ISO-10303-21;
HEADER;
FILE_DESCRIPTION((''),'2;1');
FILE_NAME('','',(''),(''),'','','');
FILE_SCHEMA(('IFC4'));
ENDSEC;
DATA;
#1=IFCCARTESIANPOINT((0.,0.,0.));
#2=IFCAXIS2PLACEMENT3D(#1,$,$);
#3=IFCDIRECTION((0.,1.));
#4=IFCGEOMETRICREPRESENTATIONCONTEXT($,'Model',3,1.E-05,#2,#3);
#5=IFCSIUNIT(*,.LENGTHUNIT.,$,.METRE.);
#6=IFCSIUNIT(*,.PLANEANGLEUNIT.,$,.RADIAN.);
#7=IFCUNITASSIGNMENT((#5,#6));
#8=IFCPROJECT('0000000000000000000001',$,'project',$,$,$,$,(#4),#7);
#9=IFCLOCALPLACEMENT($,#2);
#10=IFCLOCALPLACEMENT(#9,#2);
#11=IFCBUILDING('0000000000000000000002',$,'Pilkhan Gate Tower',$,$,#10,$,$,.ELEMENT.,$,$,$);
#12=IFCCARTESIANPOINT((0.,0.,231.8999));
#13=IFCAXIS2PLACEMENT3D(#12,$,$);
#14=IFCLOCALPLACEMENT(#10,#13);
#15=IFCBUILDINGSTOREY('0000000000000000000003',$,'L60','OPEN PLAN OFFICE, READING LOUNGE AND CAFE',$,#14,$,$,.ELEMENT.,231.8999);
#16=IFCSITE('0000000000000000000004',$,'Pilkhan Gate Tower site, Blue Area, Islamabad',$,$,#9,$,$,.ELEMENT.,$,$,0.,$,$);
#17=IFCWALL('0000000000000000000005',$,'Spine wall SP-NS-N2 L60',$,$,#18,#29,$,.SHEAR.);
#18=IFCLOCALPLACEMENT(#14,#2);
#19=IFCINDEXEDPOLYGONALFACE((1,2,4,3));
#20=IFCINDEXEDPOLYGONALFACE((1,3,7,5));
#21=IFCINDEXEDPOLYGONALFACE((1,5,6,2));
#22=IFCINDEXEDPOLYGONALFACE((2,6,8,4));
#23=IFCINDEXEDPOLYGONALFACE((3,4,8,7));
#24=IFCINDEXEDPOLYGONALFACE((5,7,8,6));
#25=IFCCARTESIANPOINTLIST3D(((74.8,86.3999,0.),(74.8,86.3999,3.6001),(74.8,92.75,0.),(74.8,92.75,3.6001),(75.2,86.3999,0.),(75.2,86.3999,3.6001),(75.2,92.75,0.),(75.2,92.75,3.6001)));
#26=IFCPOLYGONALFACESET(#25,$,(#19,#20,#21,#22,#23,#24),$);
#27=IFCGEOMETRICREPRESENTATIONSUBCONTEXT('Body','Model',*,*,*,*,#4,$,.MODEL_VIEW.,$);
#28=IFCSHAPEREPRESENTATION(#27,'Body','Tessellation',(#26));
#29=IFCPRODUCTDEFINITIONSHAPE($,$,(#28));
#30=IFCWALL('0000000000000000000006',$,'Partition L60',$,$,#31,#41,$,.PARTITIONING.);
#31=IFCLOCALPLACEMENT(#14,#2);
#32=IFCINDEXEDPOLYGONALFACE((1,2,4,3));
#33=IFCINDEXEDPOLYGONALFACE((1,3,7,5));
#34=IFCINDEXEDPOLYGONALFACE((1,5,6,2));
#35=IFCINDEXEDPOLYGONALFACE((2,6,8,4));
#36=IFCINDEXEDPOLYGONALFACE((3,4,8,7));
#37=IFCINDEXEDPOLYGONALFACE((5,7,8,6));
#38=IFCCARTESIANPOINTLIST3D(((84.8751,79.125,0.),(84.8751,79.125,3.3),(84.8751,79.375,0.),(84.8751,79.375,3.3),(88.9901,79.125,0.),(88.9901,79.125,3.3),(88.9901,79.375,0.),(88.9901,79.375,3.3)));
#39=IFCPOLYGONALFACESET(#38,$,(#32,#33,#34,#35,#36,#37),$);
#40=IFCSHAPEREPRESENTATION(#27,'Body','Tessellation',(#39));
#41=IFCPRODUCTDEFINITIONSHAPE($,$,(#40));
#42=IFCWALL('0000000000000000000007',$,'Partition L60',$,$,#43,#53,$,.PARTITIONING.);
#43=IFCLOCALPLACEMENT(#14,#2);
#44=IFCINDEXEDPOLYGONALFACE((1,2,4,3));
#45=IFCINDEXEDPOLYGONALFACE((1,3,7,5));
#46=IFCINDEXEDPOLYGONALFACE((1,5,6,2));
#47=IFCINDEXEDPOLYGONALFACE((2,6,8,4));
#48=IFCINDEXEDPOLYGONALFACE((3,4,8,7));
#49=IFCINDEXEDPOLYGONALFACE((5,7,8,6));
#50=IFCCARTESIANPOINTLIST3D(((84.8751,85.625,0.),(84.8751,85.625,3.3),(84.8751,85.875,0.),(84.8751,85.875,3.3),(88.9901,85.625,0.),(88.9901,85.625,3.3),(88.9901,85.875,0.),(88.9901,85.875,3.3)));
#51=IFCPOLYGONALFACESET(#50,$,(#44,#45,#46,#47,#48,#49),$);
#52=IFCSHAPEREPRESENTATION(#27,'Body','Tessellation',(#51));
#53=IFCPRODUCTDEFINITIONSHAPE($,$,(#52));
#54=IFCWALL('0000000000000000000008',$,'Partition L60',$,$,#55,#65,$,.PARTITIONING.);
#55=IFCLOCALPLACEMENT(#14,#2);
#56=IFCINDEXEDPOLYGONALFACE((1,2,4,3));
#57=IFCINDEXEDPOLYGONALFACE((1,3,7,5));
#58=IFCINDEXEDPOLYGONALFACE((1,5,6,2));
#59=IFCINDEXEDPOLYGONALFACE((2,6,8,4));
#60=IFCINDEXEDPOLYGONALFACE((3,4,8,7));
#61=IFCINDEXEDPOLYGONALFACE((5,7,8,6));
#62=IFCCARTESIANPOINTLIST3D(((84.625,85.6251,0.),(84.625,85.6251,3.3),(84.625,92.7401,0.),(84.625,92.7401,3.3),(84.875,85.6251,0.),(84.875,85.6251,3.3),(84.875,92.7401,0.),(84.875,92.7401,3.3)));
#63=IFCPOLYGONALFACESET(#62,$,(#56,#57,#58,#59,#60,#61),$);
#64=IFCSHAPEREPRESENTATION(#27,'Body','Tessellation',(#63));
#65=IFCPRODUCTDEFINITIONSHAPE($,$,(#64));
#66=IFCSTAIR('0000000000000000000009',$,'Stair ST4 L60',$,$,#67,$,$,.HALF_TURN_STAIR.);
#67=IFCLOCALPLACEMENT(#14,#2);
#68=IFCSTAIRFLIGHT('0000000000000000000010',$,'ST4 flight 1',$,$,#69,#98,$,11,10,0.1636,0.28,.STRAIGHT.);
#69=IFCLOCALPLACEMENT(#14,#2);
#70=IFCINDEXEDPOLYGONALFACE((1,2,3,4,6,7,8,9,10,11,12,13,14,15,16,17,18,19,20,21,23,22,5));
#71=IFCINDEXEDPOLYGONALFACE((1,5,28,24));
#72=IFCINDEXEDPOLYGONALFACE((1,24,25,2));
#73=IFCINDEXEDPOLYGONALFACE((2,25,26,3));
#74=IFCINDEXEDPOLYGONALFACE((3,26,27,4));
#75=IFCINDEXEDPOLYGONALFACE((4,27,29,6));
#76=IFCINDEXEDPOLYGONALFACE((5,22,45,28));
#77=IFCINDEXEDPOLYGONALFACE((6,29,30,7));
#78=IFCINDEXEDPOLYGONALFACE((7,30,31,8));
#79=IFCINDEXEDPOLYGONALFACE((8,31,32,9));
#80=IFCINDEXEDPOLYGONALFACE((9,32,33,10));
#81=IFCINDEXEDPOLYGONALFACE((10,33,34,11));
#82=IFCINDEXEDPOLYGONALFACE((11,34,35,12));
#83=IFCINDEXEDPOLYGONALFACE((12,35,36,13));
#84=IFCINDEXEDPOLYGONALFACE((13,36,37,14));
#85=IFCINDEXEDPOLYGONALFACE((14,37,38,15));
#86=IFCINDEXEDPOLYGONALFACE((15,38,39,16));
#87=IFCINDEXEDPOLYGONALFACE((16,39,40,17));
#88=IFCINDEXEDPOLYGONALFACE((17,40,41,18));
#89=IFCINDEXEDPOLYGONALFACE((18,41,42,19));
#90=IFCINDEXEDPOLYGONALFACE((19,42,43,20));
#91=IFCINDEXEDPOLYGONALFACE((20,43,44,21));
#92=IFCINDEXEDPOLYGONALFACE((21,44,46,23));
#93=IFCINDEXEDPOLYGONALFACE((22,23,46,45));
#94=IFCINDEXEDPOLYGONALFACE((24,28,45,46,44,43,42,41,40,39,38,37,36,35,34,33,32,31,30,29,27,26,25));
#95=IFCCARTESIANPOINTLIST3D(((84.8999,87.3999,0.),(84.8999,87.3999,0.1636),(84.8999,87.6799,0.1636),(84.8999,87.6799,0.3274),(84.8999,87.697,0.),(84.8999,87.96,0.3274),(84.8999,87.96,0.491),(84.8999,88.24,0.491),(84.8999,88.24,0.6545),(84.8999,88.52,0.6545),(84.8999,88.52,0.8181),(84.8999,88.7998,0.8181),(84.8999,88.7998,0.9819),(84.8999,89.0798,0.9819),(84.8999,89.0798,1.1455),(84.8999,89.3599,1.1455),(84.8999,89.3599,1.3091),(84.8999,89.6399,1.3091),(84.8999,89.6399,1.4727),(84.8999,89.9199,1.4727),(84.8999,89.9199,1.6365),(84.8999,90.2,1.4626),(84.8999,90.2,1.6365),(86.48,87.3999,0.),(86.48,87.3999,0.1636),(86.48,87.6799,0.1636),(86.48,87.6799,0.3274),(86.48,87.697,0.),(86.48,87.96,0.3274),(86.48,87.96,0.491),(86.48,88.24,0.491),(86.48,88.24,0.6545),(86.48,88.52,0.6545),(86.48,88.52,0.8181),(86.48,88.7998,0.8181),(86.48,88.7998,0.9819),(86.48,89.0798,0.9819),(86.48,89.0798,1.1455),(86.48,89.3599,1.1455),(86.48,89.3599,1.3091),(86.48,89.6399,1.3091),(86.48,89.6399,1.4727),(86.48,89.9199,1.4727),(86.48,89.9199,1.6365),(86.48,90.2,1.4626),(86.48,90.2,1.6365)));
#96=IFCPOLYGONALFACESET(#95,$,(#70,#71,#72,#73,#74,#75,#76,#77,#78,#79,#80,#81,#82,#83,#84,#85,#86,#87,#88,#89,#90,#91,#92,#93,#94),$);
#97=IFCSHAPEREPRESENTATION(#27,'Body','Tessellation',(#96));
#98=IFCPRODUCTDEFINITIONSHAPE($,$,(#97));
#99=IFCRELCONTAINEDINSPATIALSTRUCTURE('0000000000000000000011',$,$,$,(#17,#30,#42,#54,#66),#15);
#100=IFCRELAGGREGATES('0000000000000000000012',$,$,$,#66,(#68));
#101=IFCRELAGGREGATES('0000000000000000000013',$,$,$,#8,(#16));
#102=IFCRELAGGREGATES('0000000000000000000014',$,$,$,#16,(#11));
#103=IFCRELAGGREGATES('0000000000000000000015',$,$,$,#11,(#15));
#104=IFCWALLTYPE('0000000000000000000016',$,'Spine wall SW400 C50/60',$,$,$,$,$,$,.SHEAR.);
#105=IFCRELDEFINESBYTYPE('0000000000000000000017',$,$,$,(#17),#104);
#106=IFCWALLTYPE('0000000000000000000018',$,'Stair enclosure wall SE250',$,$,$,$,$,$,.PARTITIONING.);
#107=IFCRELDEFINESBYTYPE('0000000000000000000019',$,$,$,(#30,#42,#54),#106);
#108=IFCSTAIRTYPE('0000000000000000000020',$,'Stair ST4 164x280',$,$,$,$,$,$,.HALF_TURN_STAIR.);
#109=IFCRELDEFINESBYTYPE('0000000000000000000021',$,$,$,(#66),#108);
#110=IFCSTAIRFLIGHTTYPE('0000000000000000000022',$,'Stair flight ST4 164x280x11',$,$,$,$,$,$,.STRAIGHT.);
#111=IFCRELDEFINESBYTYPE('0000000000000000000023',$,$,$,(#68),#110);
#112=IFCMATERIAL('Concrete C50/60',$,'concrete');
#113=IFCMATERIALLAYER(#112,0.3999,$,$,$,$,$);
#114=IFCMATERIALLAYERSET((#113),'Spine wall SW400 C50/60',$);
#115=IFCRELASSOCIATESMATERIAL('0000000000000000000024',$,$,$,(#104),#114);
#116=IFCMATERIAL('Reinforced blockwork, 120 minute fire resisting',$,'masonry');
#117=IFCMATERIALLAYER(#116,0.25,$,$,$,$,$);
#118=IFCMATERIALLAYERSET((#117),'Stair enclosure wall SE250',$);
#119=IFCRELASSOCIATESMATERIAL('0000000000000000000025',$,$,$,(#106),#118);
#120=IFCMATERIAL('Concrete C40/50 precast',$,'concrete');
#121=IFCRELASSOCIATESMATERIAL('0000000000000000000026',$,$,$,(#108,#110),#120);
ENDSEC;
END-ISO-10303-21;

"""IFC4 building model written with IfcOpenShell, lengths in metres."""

from ifc_helpers import new_model, si_unit, direction, frame, frame_2d, origin, place, context, subcontext, project, spatial, polyline, rectangle, outline, extrude, material, layer, layer_set, type_object, element, aggregate, save


model = new_model("IFC4")

# Units and contexts
model_context = context("Model", 3, precision=1e-05, world=origin(), true_north=direction((0.0, 1.0)))
body_context = subcontext(model_context, "Body", "Model", "MODEL_VIEW")
ifc_project = project(units=[si_unit("LENGTHUNIT", "METRE"), si_unit("PLANEANGLEUNIT", "RADIAN")], contexts=[model_context])

# Site, building, storey
site_placement = place(None, origin())
site = spatial("IfcSite", under=ifc_project, at=site_placement, Name="Pilkhan Gate Tower site, Blue Area, Islamabad", CompositionType="ELEMENT", RefElevation=0.0)
building_placement = place(site_placement, origin())
building = spatial("IfcBuilding", under=site, at=building_placement, Name="Pilkhan Gate Tower", CompositionType="ELEMENT")
storey_placement = place(building_placement, frame((0.0, 0.0, 231.8999)))
storey = spatial("IfcBuildingStorey", under=building, at=storey_placement, Name="L60", Description="OPEN PLAN OFFICE, READING LOUNGE AND CAFE", CompositionType="ELEMENT", Elevation=231.8999)

# Shared definitions
ifc_material_1 = material(Name="Concrete C50/60", Category="concrete")

# Walls
ifc_layer_1 = layer(ifc_material_1, 0.3999)
ifc_layer_set_1 = layer_set([ifc_layer_1], Name="Spine wall SW400 C50/60")
wall_type_1 = type_object("IfcWallType", Name="Spine wall SW400 C50/60", PredefinedType="SHEAR", material=ifc_layer_set_1)
wall_1_placement = place(storey_placement, frame((75.0, 86.3999, 0.0), z_axis=(0.0, 0.0, 1.0), x_axis=(0.0, 1.0, 0.0)))
element("IfcWall", 1, at=wall_1_placement, inside=storey, type_object=wall_type_1, Name="Spine wall SP-NS-N2 L60", PredefinedType="SHEAR", context=body_context, shape_type="SweptSolid", body=[
    extrude(rectangle(XDim=6.3501, YDim=0.3999, at=frame_2d((3.175, 0.0))), origin(), (0.0, 0.0, 1.0), 3.6001),
])
ifc_material_2 = material(Name="Reinforced blockwork, 120 minute fire resisting", Category="masonry")
ifc_layer_2 = layer(ifc_material_2, 0.25)
ifc_layer_set_2 = layer_set([ifc_layer_2], Name="Stair enclosure wall SE250")
wall_type_2 = type_object("IfcWallType", Name="Stair enclosure wall SE250", PredefinedType="PARTITIONING", material=ifc_layer_set_2)
for number, where, z_axis, x_axis, name in (
    (2, (84.875, 79.25, 0.0), (0.0, 0.0, 1.0), (1.0, 0.0, 0.0), "Partition L60"),
    (3, (84.875, 85.75, 0.0), (0.0, 0.0, 1.0), (1.0, 0.0, 0.0), "Partition L60"),
):
    element("IfcWall", number, at=place(storey_placement, frame(where, z_axis=z_axis, x_axis=x_axis)), inside=storey, type_object=wall_type_2, Name=name, PredefinedType="PARTITIONING", context=body_context, shape_type="SweptSolid", body=[
        extrude(rectangle(XDim=4.115, YDim=0.25, at=frame_2d((2.0576, 0.0))), origin(), (0.0, 0.0, 1.0), 3.3),
    ])
wall_2_placement = place(storey_placement, frame((84.75, 85.625, 0.0), z_axis=(0.0, 0.0, 1.0), x_axis=(0.0, 1.0, 0.0)))
element("IfcWall", 4, at=wall_2_placement, inside=storey, type_object=wall_type_2, Name="Partition L60", PredefinedType="PARTITIONING", context=body_context, shape_type="SweptSolid", body=[
    extrude(rectangle(XDim=7.115, YDim=0.25, at=frame_2d((3.5576, 0.0))), origin(), (0.0, 0.0, 1.0), 3.3),
])

# Stair, stair flight
ifc_material_3 = material(Name="Concrete C40/50 precast", Category="concrete")
stair_type = type_object("IfcStairType", Name="Stair ST4 164x280", PredefinedType="HALF_TURN_STAIR", material=ifc_material_3)
stair_placement = place(storey_placement, origin())
stair = element("IfcStair", 5, at=stair_placement, inside=storey, type_object=stair_type, Name="Stair ST4 L60", PredefinedType="HALF_TURN_STAIR")
stair_flight_type = type_object("IfcStairFlightType", Name="Stair flight ST4 164x280x11", PredefinedType="STRAIGHT", material=ifc_material_3)
stair_flight_placement = place(storey_placement, frame((85.6899, 87.3999, 0.0), z_axis=(0.0, 0.0, 1.0), x_axis=(0.0, 1.0, 0.0)))
stair_flight = element("IfcStairFlight", 6, at=stair_flight_placement, type_object=stair_flight_type, Name="ST4 flight 1", NumberOfRisers=11, NumberOfTreads=10, PredefinedType="STRAIGHT", RiserHeight=0.1636, TreadLength=0.28, context=body_context, shape_type="SweptSolid", body=[
    extrude(outline(polyline([(0.0, 0.0), (0.0, 0.1636), (0.28, 0.1636), (0.28, 0.3274), (0.5601, 0.3274), (0.5601, 0.491), (0.8401, 0.491), (0.8401, 0.6545), (1.1201, 0.6545), (1.1201, 0.8181), (1.3999, 0.8181), (1.3999, 0.9819), (1.6799, 0.9819), (1.6799, 1.1455), (1.96, 1.1455), (1.96, 1.3091), (2.24, 1.3091), (2.24, 1.4727), (2.52, 1.4727), (2.52, 1.6365), (2.8, 1.6365), (2.8, 1.8), (2.8, 1.4626), (0.2971, 0.0), (0.0, 0.0)])), frame((0.0, 0.79, 0.0), z_axis=(0.0, -1.0, 0.0), x_axis=(1.0, 0.0, 0.0)), (0.0, 0.0, 1.0), 1.5801),
])
aggregate(stair, [stair_flight])

save(model, "model.ifc")
